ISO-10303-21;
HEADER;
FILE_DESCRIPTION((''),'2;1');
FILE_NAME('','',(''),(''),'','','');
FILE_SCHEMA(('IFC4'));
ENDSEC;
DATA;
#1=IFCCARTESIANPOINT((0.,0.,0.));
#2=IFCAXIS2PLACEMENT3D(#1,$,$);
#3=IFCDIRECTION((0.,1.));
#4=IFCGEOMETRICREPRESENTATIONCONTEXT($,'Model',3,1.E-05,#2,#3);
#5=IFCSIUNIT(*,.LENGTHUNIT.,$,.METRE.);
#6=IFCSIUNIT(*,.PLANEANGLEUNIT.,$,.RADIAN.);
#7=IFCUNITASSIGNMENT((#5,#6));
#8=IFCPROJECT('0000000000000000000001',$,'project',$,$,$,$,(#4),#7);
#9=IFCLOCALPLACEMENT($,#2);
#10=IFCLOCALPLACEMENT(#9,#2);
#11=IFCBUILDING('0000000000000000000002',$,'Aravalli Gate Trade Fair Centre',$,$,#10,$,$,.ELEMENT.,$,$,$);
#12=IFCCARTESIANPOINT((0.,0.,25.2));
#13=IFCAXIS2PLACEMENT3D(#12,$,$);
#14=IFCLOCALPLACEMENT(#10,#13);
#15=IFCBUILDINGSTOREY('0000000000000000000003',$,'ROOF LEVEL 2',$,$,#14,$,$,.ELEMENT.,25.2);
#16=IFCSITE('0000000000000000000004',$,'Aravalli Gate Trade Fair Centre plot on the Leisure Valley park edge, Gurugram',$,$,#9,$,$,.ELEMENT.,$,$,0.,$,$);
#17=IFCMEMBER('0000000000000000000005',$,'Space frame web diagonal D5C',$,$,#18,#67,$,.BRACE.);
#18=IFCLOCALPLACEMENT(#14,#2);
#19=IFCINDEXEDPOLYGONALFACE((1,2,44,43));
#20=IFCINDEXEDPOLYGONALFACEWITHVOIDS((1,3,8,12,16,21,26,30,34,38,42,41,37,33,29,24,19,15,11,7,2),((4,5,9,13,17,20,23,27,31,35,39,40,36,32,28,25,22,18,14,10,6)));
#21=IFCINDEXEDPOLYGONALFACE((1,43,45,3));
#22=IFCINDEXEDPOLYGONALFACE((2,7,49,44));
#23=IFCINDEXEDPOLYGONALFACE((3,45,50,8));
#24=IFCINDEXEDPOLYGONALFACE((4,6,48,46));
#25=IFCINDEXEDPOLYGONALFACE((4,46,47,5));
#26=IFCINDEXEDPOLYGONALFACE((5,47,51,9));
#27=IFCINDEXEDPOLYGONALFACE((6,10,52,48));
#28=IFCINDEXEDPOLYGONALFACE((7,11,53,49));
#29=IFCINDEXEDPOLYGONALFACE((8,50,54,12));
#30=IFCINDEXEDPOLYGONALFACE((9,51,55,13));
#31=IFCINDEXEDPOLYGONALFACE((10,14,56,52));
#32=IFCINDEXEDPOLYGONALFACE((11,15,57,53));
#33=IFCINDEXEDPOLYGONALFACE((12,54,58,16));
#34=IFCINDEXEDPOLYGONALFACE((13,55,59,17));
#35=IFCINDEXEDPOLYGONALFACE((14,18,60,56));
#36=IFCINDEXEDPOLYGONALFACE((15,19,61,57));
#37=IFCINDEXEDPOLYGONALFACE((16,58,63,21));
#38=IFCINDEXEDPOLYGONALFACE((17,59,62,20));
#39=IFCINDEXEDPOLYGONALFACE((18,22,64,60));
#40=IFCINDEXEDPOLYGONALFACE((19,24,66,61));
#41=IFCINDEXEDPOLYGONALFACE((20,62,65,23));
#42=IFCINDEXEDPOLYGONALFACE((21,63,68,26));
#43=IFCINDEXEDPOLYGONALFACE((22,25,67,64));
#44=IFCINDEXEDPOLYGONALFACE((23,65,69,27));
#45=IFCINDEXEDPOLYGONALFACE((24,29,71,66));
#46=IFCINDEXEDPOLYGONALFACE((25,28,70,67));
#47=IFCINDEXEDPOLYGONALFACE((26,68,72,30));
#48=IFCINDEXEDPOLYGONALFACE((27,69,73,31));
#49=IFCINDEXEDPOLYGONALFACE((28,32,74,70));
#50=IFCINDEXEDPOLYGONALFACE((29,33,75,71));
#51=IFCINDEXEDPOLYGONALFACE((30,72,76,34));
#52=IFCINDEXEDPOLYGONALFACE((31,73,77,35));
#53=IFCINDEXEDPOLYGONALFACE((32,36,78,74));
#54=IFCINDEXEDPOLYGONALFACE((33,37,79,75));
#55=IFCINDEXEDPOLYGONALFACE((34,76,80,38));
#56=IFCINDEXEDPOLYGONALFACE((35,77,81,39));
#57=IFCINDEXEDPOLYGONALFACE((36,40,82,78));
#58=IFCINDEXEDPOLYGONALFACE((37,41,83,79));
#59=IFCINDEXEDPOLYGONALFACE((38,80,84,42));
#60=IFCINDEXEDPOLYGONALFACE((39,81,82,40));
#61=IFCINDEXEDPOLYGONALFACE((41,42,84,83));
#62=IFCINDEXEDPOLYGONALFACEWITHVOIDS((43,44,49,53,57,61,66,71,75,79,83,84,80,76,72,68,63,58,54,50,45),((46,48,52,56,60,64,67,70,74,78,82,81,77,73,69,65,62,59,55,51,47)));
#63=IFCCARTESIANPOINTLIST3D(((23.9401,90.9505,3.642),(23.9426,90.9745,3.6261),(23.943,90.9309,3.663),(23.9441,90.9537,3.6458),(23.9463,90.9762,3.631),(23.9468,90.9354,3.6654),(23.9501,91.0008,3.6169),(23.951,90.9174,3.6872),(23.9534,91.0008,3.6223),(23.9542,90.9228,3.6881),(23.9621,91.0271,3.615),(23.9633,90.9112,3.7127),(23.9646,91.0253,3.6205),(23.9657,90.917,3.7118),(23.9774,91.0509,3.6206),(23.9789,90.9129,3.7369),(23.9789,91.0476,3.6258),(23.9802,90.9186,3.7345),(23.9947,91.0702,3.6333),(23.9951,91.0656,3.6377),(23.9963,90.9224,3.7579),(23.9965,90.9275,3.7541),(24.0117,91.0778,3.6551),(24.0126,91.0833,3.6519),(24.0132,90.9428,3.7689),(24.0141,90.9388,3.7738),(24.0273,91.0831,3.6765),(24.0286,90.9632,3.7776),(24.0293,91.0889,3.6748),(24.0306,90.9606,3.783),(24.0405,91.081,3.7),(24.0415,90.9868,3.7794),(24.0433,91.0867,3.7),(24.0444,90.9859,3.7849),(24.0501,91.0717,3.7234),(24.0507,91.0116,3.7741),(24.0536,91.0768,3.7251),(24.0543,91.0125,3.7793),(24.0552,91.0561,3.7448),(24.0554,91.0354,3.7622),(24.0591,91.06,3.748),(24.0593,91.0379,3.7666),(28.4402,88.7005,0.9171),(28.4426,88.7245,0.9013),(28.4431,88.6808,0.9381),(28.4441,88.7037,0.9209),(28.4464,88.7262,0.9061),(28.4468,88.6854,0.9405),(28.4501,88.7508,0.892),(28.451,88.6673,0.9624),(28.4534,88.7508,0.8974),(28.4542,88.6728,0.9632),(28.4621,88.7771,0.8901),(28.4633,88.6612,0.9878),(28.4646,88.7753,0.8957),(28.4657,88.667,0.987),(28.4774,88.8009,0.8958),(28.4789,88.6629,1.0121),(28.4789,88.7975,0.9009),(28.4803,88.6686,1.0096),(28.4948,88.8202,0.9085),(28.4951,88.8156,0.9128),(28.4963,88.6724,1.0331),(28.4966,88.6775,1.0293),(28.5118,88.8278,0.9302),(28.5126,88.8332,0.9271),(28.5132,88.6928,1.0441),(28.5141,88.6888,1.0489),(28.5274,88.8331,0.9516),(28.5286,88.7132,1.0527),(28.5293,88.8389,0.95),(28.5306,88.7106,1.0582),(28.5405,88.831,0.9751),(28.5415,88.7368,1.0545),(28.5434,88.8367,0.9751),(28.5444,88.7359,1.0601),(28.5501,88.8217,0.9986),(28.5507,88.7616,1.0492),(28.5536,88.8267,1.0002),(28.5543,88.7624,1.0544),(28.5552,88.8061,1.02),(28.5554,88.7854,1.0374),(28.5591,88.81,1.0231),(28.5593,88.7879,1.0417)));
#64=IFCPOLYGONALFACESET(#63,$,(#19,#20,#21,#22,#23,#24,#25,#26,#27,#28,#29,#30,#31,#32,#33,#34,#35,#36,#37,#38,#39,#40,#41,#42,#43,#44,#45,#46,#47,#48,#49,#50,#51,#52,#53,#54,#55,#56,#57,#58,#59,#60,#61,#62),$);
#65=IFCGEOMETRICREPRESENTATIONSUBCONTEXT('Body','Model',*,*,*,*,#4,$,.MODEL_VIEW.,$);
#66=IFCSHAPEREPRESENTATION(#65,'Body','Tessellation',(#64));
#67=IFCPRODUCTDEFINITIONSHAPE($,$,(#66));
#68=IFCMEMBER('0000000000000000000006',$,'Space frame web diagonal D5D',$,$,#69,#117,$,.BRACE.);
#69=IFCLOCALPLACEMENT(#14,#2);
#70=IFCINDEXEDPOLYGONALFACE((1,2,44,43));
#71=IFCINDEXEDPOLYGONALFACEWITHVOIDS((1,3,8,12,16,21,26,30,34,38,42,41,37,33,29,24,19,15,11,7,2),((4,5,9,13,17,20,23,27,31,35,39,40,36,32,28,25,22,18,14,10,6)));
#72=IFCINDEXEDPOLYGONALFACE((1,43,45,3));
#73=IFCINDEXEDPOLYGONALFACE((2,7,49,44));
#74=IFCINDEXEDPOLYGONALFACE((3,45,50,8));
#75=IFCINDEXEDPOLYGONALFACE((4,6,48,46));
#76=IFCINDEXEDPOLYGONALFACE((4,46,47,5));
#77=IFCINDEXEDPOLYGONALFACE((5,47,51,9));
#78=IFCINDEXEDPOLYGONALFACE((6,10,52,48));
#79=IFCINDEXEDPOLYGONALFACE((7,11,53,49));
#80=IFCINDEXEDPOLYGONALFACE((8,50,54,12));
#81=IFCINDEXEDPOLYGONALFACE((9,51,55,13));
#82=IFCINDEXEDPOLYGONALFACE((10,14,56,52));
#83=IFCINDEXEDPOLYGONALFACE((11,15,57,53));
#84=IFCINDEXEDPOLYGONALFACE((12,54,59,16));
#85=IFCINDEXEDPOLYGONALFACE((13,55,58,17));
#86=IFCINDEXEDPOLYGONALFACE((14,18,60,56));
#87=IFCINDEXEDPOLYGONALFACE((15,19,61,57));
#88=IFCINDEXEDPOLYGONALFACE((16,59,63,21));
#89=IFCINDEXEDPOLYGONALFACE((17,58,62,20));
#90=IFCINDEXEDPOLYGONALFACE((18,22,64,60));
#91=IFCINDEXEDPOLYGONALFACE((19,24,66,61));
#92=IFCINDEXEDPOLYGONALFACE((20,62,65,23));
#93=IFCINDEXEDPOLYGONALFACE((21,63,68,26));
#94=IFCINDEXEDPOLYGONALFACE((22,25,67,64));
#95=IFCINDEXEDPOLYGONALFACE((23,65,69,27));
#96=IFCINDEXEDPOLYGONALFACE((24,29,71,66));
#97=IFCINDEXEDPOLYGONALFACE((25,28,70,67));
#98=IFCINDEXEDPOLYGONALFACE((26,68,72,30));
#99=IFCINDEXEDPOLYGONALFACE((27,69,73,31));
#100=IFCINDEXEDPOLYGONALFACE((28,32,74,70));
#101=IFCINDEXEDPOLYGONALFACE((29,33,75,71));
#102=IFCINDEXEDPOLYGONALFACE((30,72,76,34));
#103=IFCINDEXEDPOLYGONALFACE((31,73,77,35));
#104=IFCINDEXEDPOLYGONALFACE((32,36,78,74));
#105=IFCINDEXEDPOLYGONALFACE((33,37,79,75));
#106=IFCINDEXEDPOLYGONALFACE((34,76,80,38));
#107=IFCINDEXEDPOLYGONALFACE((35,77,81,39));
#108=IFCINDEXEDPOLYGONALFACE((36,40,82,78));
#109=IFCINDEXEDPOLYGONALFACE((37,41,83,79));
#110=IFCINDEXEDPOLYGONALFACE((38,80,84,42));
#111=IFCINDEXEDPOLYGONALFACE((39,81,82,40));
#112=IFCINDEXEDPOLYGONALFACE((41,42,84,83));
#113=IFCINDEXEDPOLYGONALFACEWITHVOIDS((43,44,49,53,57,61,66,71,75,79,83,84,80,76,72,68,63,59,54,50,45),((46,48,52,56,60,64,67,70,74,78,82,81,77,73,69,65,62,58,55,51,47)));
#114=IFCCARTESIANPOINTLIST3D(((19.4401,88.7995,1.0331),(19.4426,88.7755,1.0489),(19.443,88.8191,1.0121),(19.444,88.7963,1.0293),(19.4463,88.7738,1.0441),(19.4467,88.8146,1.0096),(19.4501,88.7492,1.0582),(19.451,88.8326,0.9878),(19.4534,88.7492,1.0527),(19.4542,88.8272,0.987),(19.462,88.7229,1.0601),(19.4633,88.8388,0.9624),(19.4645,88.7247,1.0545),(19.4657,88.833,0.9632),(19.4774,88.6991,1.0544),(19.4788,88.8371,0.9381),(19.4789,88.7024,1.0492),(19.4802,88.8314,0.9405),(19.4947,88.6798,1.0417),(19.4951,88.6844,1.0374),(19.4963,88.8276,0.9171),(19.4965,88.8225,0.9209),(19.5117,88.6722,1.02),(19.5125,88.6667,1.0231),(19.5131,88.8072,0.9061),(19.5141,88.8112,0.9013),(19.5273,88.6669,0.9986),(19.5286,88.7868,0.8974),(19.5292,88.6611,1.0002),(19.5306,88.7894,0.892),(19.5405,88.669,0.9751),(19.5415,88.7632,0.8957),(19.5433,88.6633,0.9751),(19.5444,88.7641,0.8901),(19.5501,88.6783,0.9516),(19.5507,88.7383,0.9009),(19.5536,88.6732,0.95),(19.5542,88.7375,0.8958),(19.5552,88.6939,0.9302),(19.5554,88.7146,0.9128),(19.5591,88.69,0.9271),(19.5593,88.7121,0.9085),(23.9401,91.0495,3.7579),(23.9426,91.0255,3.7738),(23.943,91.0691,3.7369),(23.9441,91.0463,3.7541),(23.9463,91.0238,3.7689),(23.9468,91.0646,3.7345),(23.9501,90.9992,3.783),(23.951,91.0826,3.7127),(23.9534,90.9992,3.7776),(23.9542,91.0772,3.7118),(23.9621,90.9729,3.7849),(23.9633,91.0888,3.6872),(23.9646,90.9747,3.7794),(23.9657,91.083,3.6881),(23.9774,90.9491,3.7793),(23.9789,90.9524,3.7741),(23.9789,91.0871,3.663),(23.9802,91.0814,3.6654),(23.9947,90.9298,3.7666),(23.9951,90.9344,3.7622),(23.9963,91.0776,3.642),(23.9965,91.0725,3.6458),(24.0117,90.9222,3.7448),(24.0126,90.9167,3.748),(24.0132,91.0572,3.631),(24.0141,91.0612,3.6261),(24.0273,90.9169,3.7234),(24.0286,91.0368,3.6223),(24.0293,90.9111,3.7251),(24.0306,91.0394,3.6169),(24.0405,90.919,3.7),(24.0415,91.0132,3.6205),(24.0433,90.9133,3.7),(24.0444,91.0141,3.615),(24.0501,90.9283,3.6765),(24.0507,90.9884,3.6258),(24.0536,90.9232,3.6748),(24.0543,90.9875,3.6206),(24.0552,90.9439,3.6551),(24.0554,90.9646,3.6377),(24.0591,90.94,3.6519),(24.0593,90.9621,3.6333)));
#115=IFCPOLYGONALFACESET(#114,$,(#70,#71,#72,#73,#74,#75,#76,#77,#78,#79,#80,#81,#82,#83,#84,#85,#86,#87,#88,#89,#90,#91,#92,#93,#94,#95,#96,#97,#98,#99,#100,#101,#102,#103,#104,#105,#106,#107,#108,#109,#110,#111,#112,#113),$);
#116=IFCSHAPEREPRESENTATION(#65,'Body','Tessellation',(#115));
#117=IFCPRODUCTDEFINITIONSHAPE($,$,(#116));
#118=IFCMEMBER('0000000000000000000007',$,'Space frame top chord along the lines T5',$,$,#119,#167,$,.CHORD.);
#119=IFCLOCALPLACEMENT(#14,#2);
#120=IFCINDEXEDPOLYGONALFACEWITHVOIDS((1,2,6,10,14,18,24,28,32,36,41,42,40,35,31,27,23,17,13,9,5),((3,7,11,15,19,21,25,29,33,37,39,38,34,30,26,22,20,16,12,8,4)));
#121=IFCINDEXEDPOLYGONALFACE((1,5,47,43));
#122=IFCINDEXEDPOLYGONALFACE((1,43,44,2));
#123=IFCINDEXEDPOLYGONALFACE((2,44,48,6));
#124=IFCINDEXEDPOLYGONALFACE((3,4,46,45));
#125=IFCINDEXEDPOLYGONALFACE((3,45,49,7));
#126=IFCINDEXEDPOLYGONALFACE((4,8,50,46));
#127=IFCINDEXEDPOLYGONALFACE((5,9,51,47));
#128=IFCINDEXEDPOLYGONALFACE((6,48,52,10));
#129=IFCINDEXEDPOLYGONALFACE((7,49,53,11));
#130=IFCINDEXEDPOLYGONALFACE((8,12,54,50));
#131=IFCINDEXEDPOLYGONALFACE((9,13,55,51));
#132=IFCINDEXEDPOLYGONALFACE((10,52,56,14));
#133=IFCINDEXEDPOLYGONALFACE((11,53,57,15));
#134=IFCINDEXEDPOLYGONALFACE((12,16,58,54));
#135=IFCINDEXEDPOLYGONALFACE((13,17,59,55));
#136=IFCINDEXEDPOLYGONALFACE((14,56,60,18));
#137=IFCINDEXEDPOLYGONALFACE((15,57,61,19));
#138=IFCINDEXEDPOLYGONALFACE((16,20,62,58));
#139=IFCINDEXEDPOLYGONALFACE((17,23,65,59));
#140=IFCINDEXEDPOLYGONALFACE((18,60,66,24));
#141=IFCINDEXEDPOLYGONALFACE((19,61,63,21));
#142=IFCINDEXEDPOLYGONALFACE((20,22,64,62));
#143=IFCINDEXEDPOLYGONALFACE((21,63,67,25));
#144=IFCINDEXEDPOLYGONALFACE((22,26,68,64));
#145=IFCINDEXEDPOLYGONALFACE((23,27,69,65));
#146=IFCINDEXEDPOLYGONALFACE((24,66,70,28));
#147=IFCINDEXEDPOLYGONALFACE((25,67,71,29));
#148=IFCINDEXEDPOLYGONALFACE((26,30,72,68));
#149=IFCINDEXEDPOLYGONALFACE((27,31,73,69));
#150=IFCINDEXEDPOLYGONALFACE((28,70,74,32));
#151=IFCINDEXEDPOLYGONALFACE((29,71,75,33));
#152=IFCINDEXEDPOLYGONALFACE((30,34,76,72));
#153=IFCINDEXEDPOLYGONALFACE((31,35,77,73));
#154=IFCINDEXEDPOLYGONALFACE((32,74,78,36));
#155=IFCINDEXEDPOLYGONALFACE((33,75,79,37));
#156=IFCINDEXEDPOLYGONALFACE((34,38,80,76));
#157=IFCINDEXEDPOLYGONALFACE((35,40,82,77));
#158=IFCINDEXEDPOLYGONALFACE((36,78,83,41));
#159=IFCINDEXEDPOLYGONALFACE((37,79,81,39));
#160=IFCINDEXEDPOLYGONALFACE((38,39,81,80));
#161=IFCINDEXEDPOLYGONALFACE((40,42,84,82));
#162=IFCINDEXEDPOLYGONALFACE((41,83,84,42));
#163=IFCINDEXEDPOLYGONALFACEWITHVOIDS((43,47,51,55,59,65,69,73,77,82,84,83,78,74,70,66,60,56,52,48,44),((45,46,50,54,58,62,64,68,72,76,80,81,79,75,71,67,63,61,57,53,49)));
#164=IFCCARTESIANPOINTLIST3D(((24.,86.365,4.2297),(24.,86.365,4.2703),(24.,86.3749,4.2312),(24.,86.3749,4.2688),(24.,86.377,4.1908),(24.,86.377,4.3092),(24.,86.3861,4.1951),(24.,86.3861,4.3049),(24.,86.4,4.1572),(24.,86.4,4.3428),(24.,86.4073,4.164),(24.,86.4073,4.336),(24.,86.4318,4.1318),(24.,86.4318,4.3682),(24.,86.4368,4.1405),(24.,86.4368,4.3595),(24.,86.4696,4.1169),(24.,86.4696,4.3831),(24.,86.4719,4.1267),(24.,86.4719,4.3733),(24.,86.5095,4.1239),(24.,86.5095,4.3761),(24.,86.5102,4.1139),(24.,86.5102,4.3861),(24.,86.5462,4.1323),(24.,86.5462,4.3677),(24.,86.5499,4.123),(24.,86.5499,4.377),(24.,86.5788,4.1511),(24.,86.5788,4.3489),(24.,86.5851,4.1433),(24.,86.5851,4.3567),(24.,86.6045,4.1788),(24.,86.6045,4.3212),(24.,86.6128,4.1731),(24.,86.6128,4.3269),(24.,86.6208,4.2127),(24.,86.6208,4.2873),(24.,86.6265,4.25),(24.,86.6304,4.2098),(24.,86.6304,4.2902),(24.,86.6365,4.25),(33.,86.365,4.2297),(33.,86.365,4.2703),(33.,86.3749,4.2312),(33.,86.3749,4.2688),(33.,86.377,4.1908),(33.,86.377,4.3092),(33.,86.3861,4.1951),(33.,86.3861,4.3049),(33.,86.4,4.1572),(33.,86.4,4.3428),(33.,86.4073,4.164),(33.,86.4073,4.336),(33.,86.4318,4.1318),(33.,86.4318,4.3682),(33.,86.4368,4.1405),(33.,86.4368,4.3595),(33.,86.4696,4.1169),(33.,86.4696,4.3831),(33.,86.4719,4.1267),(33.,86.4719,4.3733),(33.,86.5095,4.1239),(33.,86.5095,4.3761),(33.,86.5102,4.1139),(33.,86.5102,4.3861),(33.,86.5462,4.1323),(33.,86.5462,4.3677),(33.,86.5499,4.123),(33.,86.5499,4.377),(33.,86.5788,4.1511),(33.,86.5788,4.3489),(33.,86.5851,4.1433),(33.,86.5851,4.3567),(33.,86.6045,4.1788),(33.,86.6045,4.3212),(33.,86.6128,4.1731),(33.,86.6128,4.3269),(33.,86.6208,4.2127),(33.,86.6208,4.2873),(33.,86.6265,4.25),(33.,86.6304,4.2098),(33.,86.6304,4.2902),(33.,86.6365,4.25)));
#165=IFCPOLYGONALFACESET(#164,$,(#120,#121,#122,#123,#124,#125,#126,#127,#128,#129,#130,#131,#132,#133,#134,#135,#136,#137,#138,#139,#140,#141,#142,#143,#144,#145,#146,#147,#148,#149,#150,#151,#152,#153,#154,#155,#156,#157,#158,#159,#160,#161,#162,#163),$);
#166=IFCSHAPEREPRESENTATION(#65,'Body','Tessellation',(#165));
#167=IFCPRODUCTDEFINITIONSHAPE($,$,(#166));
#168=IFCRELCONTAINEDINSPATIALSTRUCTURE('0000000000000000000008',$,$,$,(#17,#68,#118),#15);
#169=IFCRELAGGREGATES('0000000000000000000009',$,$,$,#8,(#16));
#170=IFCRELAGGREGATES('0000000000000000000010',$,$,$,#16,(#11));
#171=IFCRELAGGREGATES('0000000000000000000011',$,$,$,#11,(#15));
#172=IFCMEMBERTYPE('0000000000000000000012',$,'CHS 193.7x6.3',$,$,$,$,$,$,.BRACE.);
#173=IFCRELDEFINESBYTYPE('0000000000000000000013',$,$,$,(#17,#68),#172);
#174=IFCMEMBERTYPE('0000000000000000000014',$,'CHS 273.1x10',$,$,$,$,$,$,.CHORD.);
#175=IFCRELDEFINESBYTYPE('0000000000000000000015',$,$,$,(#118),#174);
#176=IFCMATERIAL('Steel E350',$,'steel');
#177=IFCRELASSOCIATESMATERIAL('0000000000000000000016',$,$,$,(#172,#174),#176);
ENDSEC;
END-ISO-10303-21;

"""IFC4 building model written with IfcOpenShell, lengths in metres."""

from ifc_helpers import new_model, si_unit, direction, frame, origin, origin_2d, place, context, subcontext, project, spatial, hollow_circle, extrude, material, material_profile, profile_set, type_object, element, save


model = new_model("IFC4")

# Units and contexts
model_context = context("Model", 3, precision=1e-05, world=origin(), true_north=direction((0.0, 1.0)))
body_context = subcontext(model_context, "Body", "Model", "MODEL_VIEW")
ifc_project = project(units=[si_unit("LENGTHUNIT", "METRE"), si_unit("PLANEANGLEUNIT", "RADIAN")], contexts=[model_context])

# Site, building, storey
site_placement = place(None, origin())
site = spatial("IfcSite", under=ifc_project, at=site_placement, Name="Aravalli Gate Trade Fair Centre plot on the Leisure Valley park edge, Gurugram", CompositionType="ELEMENT", RefElevation=0.0)
building_placement = place(site_placement, origin())
building = spatial("IfcBuilding", under=site, at=building_placement, Name="Aravalli Gate Trade Fair Centre", CompositionType="ELEMENT")
storey_placement = place(building_placement, frame((0.0, 0.0, 25.2)))
storey = spatial("IfcBuildingStorey", under=building, at=storey_placement, Name="ROOF LEVEL 2", CompositionType="ELEMENT", Elevation=25.2)

# Members
ifc_material_1 = material(Name="Steel E350", Category="steel")
ifc_material_profile_1 = material_profile(ifc_material_1, hollow_circle(Radius=0.0969, WallThickness=0.0063, at=origin_2d()), Name="CHS 193.7x6.3")
ifc_profile_set_1 = profile_set([ifc_material_profile_1], Name="Steel E350")
member_type_1 = type_object("IfcMemberType", Name="CHS 193.7x6.3", PredefinedType="BRACE", material=ifc_profile_set_1)
for number, where, z_axis, x_axis, name in (
    (1, (24.0, 91.0, 3.7), (0.786486, -0.393243, -0.476235), (0.447214, 0.894427, 0.0), "Space frame web diagonal D5C"),
    (2, (24.0, 91.0, 3.7), (-0.786486, -0.393243, -0.476235), (0.447214, -0.894427, 0.0), "Space frame web diagonal D5D"),
):
    element("IfcMember", number, at=place(storey_placement, frame(where, z_axis=z_axis, x_axis=x_axis)), inside=storey, type_object=member_type_1, Name=name, PredefinedType="BRACE", context=body_context, shape_type="SweptSolid", body=[
        extrude(hollow_circle(Radius=0.0969, WallThickness=0.0063, at=origin_2d()), origin(), (0.0, 0.0, 1.0), 5.7217),
    ])
ifc_material_profile_2 = material_profile(ifc_material_1, hollow_circle(Radius=0.1365, WallThickness=0.01, at=origin_2d()), Name="CHS 273.1x10")
ifc_profile_set_2 = profile_set([ifc_material_profile_2], Name="Steel E350")
member_type_2 = type_object("IfcMemberType", Name="CHS 273.1x10", PredefinedType="CHORD", material=ifc_profile_set_2)
for number, where, z_axis, x_axis, name in (
    (3, (24.0, 86.5, 4.25), (1.0, 0.0, 0.0), (0.0, 1.0, 0.0), "Space frame top chord along the lines T5"),
):
    element("IfcMember", number, at=place(storey_placement, frame(where, z_axis=z_axis, x_axis=x_axis)), inside=storey, type_object=member_type_2, Name=name, PredefinedType="CHORD", context=body_context, shape_type="SweptSolid", body=[
        extrude(hollow_circle(Radius=0.1365, WallThickness=0.01, at=origin_2d()), origin(), (0.0, 0.0, 1.0), 9.0),
    ])

save(model, "model.ifc")
